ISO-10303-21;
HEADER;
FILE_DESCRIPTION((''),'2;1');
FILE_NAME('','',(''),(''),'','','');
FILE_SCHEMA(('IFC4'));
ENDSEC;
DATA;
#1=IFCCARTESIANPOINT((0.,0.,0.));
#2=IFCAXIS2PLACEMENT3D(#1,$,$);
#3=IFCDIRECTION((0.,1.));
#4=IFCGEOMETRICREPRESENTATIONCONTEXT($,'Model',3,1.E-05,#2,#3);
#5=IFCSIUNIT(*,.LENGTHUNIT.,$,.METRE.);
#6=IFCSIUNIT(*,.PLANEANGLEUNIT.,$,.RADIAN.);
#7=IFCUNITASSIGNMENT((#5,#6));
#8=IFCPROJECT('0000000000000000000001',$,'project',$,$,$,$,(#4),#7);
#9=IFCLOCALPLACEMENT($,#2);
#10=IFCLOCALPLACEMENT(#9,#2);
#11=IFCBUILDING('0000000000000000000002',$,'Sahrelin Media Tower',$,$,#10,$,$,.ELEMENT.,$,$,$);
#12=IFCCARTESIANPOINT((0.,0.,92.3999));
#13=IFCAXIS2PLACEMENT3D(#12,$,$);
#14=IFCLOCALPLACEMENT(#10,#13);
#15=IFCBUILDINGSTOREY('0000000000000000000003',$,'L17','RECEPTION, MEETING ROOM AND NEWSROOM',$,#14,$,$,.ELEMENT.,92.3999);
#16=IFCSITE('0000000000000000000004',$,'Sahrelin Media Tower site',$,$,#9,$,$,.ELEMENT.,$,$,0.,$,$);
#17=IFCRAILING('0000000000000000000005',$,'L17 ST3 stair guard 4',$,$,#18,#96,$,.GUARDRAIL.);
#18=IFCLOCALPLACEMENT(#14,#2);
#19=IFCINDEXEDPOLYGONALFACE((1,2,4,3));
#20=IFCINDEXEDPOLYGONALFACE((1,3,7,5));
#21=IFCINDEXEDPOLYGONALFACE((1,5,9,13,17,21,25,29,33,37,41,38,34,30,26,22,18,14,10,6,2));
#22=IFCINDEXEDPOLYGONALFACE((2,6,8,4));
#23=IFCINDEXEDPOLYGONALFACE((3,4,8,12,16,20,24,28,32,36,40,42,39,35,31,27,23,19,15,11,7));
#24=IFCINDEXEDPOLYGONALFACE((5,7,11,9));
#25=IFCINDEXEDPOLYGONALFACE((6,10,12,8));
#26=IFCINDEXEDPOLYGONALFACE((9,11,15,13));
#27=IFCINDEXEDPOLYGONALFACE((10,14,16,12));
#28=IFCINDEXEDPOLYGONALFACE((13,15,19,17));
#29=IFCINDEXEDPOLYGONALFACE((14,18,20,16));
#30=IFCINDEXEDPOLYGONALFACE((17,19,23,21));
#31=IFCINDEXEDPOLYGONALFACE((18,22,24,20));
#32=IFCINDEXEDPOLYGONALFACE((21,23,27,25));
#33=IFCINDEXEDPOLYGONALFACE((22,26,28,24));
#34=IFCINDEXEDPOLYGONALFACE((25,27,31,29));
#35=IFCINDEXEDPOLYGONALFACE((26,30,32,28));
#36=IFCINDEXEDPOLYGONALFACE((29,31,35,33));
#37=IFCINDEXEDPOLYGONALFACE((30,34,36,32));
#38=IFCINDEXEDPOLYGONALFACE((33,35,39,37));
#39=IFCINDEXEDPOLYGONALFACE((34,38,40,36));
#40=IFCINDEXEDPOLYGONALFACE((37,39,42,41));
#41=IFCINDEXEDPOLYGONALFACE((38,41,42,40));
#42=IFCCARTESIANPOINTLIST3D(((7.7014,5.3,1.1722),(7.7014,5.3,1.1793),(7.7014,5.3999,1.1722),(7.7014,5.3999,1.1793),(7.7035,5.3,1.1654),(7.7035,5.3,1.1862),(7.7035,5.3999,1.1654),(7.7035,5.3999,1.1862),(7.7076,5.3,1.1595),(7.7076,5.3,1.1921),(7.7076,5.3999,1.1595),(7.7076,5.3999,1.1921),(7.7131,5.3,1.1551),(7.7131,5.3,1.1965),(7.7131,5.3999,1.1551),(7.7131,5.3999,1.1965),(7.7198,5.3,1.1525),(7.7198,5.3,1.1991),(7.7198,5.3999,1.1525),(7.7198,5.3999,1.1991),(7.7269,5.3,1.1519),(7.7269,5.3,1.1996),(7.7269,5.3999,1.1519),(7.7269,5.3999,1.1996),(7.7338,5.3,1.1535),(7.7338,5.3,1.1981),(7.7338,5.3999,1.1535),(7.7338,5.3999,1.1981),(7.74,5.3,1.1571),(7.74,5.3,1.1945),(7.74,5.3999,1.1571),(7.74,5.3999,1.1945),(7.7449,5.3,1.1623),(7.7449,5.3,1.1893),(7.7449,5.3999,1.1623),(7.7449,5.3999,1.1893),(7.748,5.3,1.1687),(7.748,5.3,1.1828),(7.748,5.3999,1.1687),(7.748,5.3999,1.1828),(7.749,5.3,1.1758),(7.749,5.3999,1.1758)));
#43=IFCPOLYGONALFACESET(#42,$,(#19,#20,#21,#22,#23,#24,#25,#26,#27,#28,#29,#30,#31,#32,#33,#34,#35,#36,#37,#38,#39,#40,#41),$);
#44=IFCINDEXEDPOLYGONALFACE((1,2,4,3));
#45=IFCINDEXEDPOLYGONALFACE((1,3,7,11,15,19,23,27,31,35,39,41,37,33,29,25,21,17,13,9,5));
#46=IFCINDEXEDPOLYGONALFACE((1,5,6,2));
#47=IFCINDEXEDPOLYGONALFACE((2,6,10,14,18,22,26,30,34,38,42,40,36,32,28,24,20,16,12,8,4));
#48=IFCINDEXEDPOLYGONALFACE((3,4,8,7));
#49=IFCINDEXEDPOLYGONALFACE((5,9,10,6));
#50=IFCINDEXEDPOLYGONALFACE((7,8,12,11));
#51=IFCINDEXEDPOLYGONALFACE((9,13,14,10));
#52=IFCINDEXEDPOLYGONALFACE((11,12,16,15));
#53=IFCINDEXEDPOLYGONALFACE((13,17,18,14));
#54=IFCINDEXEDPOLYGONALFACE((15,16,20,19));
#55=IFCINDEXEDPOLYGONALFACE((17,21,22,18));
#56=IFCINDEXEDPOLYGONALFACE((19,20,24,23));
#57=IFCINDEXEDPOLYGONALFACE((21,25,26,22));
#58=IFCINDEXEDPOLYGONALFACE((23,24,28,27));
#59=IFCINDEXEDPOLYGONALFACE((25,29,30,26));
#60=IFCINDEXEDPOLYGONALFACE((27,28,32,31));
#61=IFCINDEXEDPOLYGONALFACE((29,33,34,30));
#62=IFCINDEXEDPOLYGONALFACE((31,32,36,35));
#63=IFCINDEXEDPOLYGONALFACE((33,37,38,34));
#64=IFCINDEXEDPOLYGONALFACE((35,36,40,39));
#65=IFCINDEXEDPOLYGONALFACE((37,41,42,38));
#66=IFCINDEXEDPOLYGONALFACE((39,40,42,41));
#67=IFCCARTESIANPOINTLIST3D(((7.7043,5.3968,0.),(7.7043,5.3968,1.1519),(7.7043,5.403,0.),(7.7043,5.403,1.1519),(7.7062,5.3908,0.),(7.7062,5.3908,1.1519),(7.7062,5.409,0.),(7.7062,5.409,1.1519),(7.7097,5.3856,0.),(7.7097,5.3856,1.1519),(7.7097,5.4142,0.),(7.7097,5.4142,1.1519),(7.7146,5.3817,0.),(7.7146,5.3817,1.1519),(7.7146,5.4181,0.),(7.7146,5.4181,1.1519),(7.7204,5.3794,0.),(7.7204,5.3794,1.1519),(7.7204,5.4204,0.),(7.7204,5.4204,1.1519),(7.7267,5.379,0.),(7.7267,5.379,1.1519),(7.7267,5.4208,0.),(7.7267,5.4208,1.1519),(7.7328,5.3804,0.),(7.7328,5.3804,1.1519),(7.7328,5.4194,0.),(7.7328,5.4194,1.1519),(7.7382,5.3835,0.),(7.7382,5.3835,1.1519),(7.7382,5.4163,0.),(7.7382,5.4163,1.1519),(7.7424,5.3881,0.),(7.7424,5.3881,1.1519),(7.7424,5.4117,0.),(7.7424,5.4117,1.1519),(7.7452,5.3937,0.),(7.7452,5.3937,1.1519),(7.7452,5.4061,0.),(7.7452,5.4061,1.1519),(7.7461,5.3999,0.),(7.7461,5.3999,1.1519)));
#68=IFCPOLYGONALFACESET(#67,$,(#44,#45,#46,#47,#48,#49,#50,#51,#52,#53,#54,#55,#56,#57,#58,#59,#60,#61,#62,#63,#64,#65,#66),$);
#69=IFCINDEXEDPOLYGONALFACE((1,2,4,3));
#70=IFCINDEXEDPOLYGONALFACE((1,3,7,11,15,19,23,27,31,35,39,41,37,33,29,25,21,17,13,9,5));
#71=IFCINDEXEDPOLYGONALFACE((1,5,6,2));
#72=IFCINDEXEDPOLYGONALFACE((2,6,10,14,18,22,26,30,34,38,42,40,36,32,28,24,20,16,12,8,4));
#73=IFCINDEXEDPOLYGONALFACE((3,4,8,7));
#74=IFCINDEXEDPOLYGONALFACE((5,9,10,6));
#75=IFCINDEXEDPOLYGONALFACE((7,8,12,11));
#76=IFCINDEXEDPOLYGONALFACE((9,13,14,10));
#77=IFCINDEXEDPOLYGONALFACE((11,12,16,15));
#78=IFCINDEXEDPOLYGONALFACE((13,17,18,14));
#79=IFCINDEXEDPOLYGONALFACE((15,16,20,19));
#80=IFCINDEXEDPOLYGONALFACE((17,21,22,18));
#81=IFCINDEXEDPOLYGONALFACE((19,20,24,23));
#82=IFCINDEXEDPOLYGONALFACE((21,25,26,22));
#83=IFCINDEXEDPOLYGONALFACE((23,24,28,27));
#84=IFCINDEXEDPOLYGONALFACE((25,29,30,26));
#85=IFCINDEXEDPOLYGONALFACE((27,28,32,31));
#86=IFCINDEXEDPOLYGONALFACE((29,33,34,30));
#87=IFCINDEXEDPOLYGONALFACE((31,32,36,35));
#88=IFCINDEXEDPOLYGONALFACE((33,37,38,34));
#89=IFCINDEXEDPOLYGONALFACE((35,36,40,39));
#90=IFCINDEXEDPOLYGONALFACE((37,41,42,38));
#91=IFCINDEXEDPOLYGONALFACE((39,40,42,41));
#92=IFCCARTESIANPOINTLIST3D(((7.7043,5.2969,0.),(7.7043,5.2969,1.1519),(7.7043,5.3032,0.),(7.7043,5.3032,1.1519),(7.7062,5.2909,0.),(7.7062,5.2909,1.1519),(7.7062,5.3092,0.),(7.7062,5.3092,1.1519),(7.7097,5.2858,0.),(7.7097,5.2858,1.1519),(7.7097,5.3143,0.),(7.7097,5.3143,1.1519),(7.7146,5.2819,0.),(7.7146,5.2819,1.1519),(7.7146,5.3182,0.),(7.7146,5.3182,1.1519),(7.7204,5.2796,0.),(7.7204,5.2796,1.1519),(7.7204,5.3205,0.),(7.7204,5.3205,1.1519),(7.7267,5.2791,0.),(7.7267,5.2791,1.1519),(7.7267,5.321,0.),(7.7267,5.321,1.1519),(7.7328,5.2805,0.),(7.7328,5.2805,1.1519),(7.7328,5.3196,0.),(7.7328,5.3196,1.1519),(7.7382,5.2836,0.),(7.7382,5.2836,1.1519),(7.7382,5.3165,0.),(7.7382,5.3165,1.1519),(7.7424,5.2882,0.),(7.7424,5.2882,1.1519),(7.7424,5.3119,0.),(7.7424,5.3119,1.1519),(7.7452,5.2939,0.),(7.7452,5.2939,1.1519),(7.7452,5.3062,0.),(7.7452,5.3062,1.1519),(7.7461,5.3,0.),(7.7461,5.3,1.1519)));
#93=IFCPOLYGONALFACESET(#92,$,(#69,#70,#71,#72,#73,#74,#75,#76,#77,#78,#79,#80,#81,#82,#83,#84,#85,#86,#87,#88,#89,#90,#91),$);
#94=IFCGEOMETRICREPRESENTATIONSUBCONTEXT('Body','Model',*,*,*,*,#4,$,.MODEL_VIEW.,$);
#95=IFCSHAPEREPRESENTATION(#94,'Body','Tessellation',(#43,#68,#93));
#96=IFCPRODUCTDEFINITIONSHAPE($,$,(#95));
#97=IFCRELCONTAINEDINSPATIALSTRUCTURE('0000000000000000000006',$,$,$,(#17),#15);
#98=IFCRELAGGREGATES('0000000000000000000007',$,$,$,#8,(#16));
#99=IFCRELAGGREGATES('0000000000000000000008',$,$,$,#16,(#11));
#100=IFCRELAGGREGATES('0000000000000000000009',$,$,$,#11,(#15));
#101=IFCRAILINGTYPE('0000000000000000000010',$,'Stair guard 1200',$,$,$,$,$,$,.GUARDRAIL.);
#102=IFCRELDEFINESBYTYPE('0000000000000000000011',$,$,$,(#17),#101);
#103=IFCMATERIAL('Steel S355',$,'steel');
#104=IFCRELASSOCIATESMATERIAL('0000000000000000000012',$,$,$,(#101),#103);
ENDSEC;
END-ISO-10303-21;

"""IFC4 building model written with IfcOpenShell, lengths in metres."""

from ifc_helpers import new_model, si_unit, direction, frame, origin, origin_2d, place, context, subcontext, project, spatial, circle, extrude, material, type_object, element, save


model = new_model("IFC4")

# Units and contexts
model_context = context("Model", 3, precision=1e-05, world=origin(), true_north=direction((0.0, 1.0)))
body_context = subcontext(model_context, "Body", "Model", "MODEL_VIEW")
ifc_project = project(units=[si_unit("LENGTHUNIT", "METRE"), si_unit("PLANEANGLEUNIT", "RADIAN")], contexts=[model_context])

# Site, building, storey
site_placement = place(None, origin())
site = spatial("IfcSite", under=ifc_project, at=site_placement, Name="Sahrelin Media Tower site", CompositionType="ELEMENT", RefElevation=0.0)
building_placement = place(site_placement, origin())
building = spatial("IfcBuilding", under=site, at=building_placement, Name="Sahrelin Media Tower", CompositionType="ELEMENT")
storey_placement = place(building_placement, frame((0.0, 0.0, 92.3999)))
storey = spatial("IfcBuildingStorey", under=building, at=storey_placement, Name="L17", Description="RECEPTION, MEETING ROOM AND NEWSROOM", CompositionType="ELEMENT", Elevation=92.3999)

# Shared definitions
ifc_material_1 = material(Name="Steel S355", Category="steel")

# Railing
railing_type_1 = type_object("IfcRailingType", Name="Stair guard 1200", PredefinedType="GUARDRAIL", material=ifc_material_1)
railing_1_placement = place(storey_placement, frame((7.7251, 5.3999, 0.0)))
element("IfcRailing", 1, at=railing_1_placement, inside=storey, type_object=railing_type_1, Name="L17 ST3 stair guard 4", PredefinedType="GUARDRAIL", context=body_context, shape_type="SweptSolid", body=[
    extrude(circle(Radius=0.0239, at=origin_2d()), frame((0.0, 0.0, 1.1758), z_axis=(0.0, -1.0, 0.0), x_axis=(1.0, 0.0, 0.0)), (0.0, 0.0, 1.0), 0.0999),
    extrude(circle(Radius=0.021, at=origin_2d()), origin(), (0.0, 0.0, 1.0), 1.1519),
    extrude(circle(Radius=0.021, at=origin_2d()), frame((0.0, -0.0999, 0.0)), (0.0, 0.0, 1.0), 1.1519),
])

save(model, "model.ifc")
